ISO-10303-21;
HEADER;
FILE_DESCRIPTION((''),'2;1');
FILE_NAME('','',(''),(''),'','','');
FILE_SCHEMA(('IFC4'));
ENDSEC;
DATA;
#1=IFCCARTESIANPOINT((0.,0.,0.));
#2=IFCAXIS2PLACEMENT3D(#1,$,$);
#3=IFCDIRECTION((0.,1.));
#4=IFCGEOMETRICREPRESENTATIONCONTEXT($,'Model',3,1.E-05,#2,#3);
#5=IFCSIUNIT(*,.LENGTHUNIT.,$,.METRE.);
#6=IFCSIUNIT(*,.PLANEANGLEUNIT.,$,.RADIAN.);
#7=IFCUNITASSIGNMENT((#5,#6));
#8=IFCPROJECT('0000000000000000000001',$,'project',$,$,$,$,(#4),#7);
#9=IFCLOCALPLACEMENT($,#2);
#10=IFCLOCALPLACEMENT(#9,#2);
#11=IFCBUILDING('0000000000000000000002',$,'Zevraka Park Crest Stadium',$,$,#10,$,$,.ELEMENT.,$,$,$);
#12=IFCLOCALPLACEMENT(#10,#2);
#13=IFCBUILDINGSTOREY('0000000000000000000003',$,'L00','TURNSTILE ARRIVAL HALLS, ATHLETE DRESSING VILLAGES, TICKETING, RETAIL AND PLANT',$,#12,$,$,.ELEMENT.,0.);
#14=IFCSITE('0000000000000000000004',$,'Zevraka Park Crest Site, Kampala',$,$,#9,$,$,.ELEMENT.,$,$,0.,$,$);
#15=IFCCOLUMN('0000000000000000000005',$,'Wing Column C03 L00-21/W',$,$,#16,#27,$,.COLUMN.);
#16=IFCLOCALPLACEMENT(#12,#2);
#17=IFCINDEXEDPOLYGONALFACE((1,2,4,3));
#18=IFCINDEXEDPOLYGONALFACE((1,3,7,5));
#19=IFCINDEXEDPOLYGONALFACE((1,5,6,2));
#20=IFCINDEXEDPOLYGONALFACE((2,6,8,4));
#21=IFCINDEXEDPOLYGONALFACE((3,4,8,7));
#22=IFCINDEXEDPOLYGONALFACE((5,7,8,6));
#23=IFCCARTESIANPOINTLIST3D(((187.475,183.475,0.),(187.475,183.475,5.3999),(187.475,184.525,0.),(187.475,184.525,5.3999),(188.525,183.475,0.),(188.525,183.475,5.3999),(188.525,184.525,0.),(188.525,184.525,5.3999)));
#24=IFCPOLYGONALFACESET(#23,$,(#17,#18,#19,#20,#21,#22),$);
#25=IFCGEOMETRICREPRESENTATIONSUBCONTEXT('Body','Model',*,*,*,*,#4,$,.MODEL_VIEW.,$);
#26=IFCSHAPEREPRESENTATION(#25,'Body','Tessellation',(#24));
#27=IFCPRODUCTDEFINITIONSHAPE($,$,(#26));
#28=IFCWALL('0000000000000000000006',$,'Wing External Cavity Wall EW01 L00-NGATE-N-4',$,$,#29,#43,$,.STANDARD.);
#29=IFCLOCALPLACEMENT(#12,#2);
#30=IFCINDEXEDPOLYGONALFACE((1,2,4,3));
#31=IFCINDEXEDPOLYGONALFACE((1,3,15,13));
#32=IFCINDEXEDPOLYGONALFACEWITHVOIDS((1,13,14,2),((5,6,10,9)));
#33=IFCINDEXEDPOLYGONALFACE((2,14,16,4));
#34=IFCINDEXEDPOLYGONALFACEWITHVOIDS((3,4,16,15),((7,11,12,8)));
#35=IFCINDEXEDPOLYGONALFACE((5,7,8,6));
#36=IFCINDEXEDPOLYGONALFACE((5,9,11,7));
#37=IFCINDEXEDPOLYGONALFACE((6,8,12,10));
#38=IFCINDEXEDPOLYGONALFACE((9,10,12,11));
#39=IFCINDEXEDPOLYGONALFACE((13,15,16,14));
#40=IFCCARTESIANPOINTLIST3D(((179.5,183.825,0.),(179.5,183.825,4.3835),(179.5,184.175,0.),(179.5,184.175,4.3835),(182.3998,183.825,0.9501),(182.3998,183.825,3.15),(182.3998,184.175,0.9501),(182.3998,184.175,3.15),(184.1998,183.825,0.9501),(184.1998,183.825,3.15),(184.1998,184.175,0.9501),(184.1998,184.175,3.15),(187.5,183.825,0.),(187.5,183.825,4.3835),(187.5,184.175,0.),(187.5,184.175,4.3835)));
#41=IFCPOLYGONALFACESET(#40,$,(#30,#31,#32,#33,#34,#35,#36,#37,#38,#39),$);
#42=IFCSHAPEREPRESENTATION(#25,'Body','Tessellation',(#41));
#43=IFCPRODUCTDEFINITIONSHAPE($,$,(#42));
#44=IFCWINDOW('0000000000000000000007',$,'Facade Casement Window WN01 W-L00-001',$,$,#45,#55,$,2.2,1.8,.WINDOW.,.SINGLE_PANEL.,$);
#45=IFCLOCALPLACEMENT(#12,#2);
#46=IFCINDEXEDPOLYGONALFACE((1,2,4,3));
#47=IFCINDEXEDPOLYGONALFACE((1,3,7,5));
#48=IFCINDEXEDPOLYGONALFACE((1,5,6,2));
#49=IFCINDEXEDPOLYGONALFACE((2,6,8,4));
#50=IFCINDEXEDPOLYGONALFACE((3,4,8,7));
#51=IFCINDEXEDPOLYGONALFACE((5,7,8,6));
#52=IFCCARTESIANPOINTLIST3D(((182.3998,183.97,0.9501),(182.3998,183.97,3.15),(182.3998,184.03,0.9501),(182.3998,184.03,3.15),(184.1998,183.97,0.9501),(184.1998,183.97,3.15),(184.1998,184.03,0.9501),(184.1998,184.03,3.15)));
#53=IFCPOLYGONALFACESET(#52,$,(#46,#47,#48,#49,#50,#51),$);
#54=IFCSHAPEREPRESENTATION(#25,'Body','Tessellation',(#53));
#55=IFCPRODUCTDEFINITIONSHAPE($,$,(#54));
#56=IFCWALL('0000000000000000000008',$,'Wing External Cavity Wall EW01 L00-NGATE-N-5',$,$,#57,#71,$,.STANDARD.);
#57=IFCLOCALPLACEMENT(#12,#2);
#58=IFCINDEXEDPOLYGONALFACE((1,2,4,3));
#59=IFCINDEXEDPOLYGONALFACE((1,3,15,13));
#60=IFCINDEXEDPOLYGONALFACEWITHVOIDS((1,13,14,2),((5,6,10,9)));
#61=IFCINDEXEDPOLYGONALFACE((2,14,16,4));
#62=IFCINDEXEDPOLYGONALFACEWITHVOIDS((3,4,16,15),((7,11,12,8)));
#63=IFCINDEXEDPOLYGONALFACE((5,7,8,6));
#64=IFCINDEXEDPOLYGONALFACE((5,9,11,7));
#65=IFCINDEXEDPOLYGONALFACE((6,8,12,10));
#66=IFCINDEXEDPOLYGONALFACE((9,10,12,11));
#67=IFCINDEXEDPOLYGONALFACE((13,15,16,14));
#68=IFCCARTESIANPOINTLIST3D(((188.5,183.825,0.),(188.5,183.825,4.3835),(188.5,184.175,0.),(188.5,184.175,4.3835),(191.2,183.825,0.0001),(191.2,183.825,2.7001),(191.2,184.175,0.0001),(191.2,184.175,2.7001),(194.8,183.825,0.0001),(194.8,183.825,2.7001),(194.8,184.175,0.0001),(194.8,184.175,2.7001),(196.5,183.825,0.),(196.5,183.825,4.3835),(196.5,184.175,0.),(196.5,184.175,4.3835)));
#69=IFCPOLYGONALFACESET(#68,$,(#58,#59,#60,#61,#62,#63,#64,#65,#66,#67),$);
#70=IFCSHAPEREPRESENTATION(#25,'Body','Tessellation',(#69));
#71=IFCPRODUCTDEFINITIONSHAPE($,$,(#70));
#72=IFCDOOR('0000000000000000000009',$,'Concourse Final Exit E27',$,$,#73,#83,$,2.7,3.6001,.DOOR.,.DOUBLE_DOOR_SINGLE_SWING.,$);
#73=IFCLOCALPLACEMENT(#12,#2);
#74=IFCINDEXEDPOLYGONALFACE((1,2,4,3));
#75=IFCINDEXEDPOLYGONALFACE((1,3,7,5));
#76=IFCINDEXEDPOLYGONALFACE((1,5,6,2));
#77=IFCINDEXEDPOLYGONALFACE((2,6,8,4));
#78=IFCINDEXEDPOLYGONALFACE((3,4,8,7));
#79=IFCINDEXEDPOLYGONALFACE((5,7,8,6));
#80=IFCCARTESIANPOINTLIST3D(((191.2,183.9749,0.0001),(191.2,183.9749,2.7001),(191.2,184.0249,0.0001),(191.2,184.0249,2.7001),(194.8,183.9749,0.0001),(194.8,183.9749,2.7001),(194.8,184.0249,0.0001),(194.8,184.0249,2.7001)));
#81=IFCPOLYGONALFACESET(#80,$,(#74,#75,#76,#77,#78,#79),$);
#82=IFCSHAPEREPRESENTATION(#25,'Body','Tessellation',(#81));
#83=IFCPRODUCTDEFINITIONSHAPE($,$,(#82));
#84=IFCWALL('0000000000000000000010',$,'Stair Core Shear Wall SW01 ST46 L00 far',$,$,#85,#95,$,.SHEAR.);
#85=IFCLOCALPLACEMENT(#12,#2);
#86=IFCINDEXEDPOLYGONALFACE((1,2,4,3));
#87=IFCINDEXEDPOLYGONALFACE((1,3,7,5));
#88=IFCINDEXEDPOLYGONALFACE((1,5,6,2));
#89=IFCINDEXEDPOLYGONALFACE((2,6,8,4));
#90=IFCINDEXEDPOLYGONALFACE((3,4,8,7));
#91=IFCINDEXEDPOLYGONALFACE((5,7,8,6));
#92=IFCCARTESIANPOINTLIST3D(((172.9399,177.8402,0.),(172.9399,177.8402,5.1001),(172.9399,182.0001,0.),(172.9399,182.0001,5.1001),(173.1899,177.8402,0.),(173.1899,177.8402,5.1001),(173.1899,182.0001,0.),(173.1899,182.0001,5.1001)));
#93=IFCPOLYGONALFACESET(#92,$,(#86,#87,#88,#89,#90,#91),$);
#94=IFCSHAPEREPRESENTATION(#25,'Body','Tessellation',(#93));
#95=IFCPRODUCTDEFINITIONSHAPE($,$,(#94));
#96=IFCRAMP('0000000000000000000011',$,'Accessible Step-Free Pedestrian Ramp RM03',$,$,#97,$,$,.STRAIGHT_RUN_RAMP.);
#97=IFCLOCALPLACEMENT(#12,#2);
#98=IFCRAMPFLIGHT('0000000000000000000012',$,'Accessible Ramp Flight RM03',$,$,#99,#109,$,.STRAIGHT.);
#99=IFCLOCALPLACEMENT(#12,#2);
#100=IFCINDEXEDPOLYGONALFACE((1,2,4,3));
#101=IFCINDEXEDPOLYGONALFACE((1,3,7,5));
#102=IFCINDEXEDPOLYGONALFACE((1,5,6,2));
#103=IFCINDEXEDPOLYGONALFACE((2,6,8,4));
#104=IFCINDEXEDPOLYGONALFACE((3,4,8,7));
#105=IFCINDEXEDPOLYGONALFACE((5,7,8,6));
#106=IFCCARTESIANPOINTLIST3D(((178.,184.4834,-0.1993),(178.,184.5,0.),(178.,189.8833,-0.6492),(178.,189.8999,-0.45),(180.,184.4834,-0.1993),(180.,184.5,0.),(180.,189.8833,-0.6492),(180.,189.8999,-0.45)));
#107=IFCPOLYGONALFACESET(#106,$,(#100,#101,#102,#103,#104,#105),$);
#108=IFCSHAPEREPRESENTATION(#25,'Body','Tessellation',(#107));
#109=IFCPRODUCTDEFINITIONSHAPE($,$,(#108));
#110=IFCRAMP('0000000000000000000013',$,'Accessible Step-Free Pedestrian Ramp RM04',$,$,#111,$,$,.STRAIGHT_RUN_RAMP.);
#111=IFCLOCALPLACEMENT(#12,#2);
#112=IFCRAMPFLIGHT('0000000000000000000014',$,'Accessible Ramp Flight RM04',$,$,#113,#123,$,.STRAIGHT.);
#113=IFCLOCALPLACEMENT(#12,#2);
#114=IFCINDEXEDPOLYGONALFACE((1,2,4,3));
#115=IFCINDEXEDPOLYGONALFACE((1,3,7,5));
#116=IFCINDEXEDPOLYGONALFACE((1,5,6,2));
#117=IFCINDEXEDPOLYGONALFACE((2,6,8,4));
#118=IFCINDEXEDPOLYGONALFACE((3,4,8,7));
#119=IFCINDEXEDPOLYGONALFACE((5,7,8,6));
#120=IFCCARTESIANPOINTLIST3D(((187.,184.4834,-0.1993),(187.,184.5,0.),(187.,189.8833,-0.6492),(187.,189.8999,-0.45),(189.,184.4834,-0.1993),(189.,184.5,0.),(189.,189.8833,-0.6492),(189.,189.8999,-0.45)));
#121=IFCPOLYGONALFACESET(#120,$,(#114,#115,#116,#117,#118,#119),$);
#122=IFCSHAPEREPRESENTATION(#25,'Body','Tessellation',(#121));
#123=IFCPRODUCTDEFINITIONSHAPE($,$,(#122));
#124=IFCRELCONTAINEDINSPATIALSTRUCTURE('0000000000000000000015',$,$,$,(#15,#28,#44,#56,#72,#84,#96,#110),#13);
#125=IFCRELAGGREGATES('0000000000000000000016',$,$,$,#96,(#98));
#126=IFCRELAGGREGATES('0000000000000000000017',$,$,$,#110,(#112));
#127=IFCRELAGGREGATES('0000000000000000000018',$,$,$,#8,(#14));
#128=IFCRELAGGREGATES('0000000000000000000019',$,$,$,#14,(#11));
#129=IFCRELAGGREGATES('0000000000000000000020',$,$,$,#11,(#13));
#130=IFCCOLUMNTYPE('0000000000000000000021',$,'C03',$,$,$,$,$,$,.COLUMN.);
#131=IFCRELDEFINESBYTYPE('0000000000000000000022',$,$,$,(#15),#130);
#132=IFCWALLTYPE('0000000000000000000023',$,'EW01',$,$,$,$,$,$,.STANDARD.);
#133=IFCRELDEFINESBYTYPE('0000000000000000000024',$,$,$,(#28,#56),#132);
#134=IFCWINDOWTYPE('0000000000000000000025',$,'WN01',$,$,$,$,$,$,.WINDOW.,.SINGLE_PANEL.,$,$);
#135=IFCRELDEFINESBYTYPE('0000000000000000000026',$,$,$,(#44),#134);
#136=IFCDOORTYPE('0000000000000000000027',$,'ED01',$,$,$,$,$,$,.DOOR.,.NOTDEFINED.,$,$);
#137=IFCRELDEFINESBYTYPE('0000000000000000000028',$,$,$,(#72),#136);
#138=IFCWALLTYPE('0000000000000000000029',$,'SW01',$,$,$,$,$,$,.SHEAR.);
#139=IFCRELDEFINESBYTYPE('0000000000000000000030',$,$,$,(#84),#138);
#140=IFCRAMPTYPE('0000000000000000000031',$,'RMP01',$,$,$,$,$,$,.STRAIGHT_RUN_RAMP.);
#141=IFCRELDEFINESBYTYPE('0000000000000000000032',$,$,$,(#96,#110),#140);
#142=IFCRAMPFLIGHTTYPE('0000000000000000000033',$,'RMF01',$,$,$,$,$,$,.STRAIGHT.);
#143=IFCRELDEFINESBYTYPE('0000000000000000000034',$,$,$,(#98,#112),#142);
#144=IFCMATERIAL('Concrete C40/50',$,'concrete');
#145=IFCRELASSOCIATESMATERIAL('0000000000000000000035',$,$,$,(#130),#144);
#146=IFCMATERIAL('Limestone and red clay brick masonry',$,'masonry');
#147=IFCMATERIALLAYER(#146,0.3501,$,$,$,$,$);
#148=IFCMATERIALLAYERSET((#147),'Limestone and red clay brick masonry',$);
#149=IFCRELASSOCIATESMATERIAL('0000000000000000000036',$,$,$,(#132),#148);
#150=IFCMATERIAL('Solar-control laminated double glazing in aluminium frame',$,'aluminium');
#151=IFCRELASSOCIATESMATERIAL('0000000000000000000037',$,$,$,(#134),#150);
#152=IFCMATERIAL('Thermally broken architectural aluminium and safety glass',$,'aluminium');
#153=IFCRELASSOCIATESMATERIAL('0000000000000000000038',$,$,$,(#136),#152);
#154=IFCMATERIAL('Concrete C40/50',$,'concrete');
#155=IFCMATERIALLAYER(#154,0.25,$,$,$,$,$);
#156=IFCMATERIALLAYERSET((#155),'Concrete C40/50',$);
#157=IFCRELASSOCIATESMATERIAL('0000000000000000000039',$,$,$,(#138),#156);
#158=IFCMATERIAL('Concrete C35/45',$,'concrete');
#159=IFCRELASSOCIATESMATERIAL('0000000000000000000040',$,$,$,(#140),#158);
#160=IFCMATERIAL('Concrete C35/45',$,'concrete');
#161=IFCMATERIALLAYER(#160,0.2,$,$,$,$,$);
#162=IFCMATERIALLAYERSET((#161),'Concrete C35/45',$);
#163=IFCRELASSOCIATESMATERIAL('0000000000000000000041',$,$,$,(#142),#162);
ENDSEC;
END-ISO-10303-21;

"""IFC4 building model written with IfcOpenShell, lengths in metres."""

from ifc_helpers import new_model, si_unit, direction, frame, frame_2d, origin, origin_2d, place, context, subcontext, project, spatial, polyline, rectangle, outline, extrude, material, layer, layer_set, material_profile, profile_set, type_object, element, fill, aggregate, save


model = new_model("IFC4")

# Units and contexts
model_context = context("Model", 3, precision=1e-05, world=origin(), true_north=direction((0.0, 1.0)))
body_context = subcontext(model_context, "Body", "Model", "MODEL_VIEW")
ifc_project = project(units=[si_unit("LENGTHUNIT", "METRE"), si_unit("PLANEANGLEUNIT", "RADIAN")], contexts=[model_context])

# Site, building, storey
site_placement = place(None, origin())
site = spatial("IfcSite", under=ifc_project, at=site_placement, Name="Zevraka Park Crest Site, Kampala", CompositionType="ELEMENT", RefElevation=0.0)
building_placement = place(site_placement, origin())
building = spatial("IfcBuilding", under=site, at=building_placement, Name="Zevraka Park Crest Stadium", CompositionType="ELEMENT")
storey_placement = place(building_placement, origin())
storey = spatial("IfcBuildingStorey", under=building, at=storey_placement, Name="L00", Description="TURNSTILE ARRIVAL HALLS, ATHLETE DRESSING VILLAGES, TICKETING, RETAIL AND PLANT", CompositionType="ELEMENT", Elevation=0.0)

# Column
ifc_material_1 = material(Name="Concrete C40/50", Category="concrete")
ifc_material_profile_1 = material_profile(ifc_material_1, rectangle(XDim=1.05, YDim=1.05, at=origin_2d()), Name="RC 1050x1050")
ifc_profile_set_1 = profile_set([ifc_material_profile_1], Name="Concrete C40/50")
column_type = type_object("IfcColumnType", Name="C03", PredefinedType="COLUMN", material=ifc_profile_set_1)
for number, where, z_axis, x_axis, name in (
    (1, (188.0, 184.0, 0.0), (0.0, 0.0, 1.0), (1.0, 0.0, 0.0), "Wing Column C03 L00-21/W"),
):
    element("IfcColumn", number, at=place(storey_placement, frame(where, z_axis=z_axis, x_axis=x_axis)), inside=storey, type_object=column_type, Name=name, PredefinedType="COLUMN", context=body_context, shape_type="SweptSolid", body=[
        extrude(rectangle(XDim=1.05, YDim=1.05, at=origin_2d()), origin(), (0.0, 0.0, 1.0), 5.3999),
    ])

# Wall, opening, window
ifc_material_2 = material(Name="Limestone and red clay brick masonry", Category="masonry")
ifc_layer_1 = layer(ifc_material_2, 0.3501)
ifc_layer_set_1 = layer_set([ifc_layer_1], Name="Limestone and red clay brick masonry")
wall_type_1 = type_object("IfcWallType", Name="EW01", PredefinedType="STANDARD", material=ifc_layer_set_1)
wall_1_placement = place(storey_placement, frame((179.5, 184.0, 0.0), z_axis=(0.0, 0.0, 1.0), x_axis=(1.0, 0.0, 0.0)))
wall_1 = element("IfcWall", 2, at=wall_1_placement, inside=storey, type_object=wall_type_1, Name="Wing External Cavity Wall EW01 L00-NGATE-N-4", PredefinedType="STANDARD", context=body_context, shape_type="SweptSolid", body=[
    extrude(rectangle(XDim=8.0, YDim=0.3501, at=frame_2d((4.0, 0.0))), origin(), (0.0, 0.0, 1.0), 4.3835),
])
opening_1_placement = place(wall_1_placement, frame((2.8999, 0.0, 0.95)))
opening_1 = element("IfcOpeningElement", 3, at=opening_1_placement, cuts=wall_1, PredefinedType="OPENING", context=body_context, shape_type="SweptSolid", body=[
    extrude(rectangle(XDim=1.8, YDim=2.2, at=frame_2d((0.8999, 1.1001))), frame((0.0, 0.1851, 0.0), z_axis=(0.0, -1.0, 0.0), x_axis=(1.0, 0.0, 0.0)), (0.0, 0.0, 1.0), 0.3701),
])
ifc_material_3 = material(Name="Solar-control laminated double glazing in aluminium frame", Category="aluminium")
window_type = type_object("IfcWindowType", Name="WN01", PartitioningType="SINGLE_PANEL", PredefinedType="WINDOW", material=ifc_material_3)
window_placement = place(opening_1_placement, origin())
window = element("IfcWindow", 4, at=window_placement, inside=storey, type_object=window_type, Name="Facade Casement Window WN01 W-L00-001", OverallHeight=2.2, OverallWidth=1.8, PartitioningType="SINGLE_PANEL", PredefinedType="WINDOW", context=body_context, shape_type="SweptSolid", body=[
    extrude(rectangle(XDim=1.8, YDim=2.2, at=frame_2d((0.8999, 1.1001))), frame((0.0, 0.03, 0.0), z_axis=(0.0, -1.0, 0.0), x_axis=(1.0, 0.0, 0.0)), (0.0, 0.0, 1.0), 0.0601),
])
fill(opening_1, window)

# Wall, opening, door
wall_2_placement = place(storey_placement, frame((188.5, 184.0, 0.0), z_axis=(0.0, 0.0, 1.0), x_axis=(1.0, 0.0, 0.0)))
wall_2 = element("IfcWall", 5, at=wall_2_placement, inside=storey, type_object=wall_type_1, Name="Wing External Cavity Wall EW01 L00-NGATE-N-5", PredefinedType="STANDARD", context=body_context, shape_type="SweptSolid", body=[
    extrude(rectangle(XDim=8.0, YDim=0.3501, at=frame_2d((4.0, 0.0))), origin(), (0.0, 0.0, 1.0), 4.3835),
])
opening_2_placement = place(wall_2_placement, frame((2.7, 0.0, 0.0)))
opening_2 = element("IfcOpeningElement", 6, at=opening_2_placement, cuts=wall_2, PredefinedType="OPENING", context=body_context, shape_type="SweptSolid", body=[
    extrude(rectangle(XDim=3.6001, YDim=2.7, at=frame_2d((1.8, 1.3501))), frame((0.0, 0.1851, 0.0), z_axis=(0.0, -1.0, 0.0), x_axis=(1.0, 0.0, 0.0)), (0.0, 0.0, 1.0), 0.3701),
])
ifc_material_4 = material(Name="Thermally broken architectural aluminium and safety glass", Category="aluminium")
door_type = type_object("IfcDoorType", Name="ED01", OperationType="NOTDEFINED", PredefinedType="DOOR", material=ifc_material_4)
door_placement = place(opening_2_placement, origin())
door = element("IfcDoor", 7, at=door_placement, inside=storey, type_object=door_type, Name="Concourse Final Exit E27", OperationType="DOUBLE_DOOR_SINGLE_SWING", OverallHeight=2.7, OverallWidth=3.6001, PredefinedType="DOOR", context=body_context, shape_type="SweptSolid", body=[
    extrude(rectangle(XDim=3.6001, YDim=2.7, at=frame_2d((1.8, 1.3501))), frame((0.0, 0.0249, 0.0), z_axis=(0.0, -1.0, 0.0), x_axis=(1.0, 0.0, 0.0)), (0.0, 0.0, 1.0), 0.05),
])
fill(opening_2, door)

# Wall
ifc_material_5 = material(Name="Concrete C40/50", Category="concrete")
ifc_layer_2 = layer(ifc_material_5, 0.25)
ifc_layer_set_2 = layer_set([ifc_layer_2], Name="Concrete C40/50")
wall_type_2 = type_object("IfcWallType", Name="SW01", PredefinedType="SHEAR", material=ifc_layer_set_2)
wall_3_placement = place(storey_placement, frame((173.0649, 177.8401, 0.0), z_axis=(0.0, 0.0, 1.0), x_axis=(0.0, 1.0, 0.0)))
element("IfcWall", 8, at=wall_3_placement, inside=storey, type_object=wall_type_2, Name="Stair Core Shear Wall SW01 ST46 L00 far", PredefinedType="SHEAR", context=body_context, shape_type="SweptSolid", body=[
    extrude(rectangle(XDim=4.1599, YDim=0.25, at=frame_2d((2.0801, 0.0))), origin(), (0.0, 0.0, 1.0), 5.1001),
])

# Ramps, ramp flights
ifc_material_6 = material(Name="Concrete C35/45", Category="concrete")
ramp_type = type_object("IfcRampType", Name="RMP01", PredefinedType="STRAIGHT_RUN_RAMP", material=ifc_material_6)
ramp_1_placement = place(storey_placement, origin())
ramp_1 = element("IfcRamp", 9, at=ramp_1_placement, inside=storey, type_object=ramp_type, Name="Accessible Step-Free Pedestrian Ramp RM03", PredefinedType="STRAIGHT_RUN_RAMP")
ifc_material_7 = material(Name="Concrete C35/45", Category="concrete")
ifc_layer_3 = layer(ifc_material_7, 0.2)
ifc_layer_set_3 = layer_set([ifc_layer_3], Name="Concrete C35/45")
ramp_flight_type = type_object("IfcRampFlightType", Name="RMF01", PredefinedType="STRAIGHT", material=ifc_layer_set_3)
ramp_flight_1_placement = place(storey_placement, frame((178.0, 189.8999, -0.45), z_axis=(0.0, 0.083038, 0.996546), x_axis=(0.0, -0.996546, 0.083038)))
ramp_flight_1 = element("IfcRampFlight", 10, at=ramp_flight_1_placement, type_object=ramp_flight_type, Name="Accessible Ramp Flight RM03", PredefinedType="STRAIGHT", context=body_context, shape_type="SweptSolid", body=[
    extrude(outline(polyline([(0.0, 0.0), (5.4186, 0.0), (5.4186, 2.0), (0.0, 2.0), (0.0, 0.0)])), origin(), (0.0, 0.0, -1.0), 0.2),
])
aggregate(ramp_1, [ramp_flight_1])
ramp_2_placement = place(storey_placement, origin())
ramp_2 = element("IfcRamp", 11, at=ramp_2_placement, inside=storey, type_object=ramp_type, Name="Accessible Step-Free Pedestrian Ramp RM04", PredefinedType="STRAIGHT_RUN_RAMP")
ramp_flight_2_placement = place(storey_placement, frame((187.0, 189.8999, -0.45), z_axis=(0.0, 0.083038, 0.996546), x_axis=(0.0, -0.996546, 0.083038)))
ramp_flight_2 = element("IfcRampFlight", 12, at=ramp_flight_2_placement, type_object=ramp_flight_type, Name="Accessible Ramp Flight RM04", PredefinedType="STRAIGHT", context=body_context, shape_type="SweptSolid", body=[
    extrude(outline(polyline([(0.0, 0.0), (5.4186, 0.0), (5.4186, 2.0), (0.0, 2.0), (0.0, 0.0)])), origin(), (0.0, 0.0, -1.0), 0.2),
])
aggregate(ramp_2, [ramp_flight_2])

save(model, "model.ifc")
